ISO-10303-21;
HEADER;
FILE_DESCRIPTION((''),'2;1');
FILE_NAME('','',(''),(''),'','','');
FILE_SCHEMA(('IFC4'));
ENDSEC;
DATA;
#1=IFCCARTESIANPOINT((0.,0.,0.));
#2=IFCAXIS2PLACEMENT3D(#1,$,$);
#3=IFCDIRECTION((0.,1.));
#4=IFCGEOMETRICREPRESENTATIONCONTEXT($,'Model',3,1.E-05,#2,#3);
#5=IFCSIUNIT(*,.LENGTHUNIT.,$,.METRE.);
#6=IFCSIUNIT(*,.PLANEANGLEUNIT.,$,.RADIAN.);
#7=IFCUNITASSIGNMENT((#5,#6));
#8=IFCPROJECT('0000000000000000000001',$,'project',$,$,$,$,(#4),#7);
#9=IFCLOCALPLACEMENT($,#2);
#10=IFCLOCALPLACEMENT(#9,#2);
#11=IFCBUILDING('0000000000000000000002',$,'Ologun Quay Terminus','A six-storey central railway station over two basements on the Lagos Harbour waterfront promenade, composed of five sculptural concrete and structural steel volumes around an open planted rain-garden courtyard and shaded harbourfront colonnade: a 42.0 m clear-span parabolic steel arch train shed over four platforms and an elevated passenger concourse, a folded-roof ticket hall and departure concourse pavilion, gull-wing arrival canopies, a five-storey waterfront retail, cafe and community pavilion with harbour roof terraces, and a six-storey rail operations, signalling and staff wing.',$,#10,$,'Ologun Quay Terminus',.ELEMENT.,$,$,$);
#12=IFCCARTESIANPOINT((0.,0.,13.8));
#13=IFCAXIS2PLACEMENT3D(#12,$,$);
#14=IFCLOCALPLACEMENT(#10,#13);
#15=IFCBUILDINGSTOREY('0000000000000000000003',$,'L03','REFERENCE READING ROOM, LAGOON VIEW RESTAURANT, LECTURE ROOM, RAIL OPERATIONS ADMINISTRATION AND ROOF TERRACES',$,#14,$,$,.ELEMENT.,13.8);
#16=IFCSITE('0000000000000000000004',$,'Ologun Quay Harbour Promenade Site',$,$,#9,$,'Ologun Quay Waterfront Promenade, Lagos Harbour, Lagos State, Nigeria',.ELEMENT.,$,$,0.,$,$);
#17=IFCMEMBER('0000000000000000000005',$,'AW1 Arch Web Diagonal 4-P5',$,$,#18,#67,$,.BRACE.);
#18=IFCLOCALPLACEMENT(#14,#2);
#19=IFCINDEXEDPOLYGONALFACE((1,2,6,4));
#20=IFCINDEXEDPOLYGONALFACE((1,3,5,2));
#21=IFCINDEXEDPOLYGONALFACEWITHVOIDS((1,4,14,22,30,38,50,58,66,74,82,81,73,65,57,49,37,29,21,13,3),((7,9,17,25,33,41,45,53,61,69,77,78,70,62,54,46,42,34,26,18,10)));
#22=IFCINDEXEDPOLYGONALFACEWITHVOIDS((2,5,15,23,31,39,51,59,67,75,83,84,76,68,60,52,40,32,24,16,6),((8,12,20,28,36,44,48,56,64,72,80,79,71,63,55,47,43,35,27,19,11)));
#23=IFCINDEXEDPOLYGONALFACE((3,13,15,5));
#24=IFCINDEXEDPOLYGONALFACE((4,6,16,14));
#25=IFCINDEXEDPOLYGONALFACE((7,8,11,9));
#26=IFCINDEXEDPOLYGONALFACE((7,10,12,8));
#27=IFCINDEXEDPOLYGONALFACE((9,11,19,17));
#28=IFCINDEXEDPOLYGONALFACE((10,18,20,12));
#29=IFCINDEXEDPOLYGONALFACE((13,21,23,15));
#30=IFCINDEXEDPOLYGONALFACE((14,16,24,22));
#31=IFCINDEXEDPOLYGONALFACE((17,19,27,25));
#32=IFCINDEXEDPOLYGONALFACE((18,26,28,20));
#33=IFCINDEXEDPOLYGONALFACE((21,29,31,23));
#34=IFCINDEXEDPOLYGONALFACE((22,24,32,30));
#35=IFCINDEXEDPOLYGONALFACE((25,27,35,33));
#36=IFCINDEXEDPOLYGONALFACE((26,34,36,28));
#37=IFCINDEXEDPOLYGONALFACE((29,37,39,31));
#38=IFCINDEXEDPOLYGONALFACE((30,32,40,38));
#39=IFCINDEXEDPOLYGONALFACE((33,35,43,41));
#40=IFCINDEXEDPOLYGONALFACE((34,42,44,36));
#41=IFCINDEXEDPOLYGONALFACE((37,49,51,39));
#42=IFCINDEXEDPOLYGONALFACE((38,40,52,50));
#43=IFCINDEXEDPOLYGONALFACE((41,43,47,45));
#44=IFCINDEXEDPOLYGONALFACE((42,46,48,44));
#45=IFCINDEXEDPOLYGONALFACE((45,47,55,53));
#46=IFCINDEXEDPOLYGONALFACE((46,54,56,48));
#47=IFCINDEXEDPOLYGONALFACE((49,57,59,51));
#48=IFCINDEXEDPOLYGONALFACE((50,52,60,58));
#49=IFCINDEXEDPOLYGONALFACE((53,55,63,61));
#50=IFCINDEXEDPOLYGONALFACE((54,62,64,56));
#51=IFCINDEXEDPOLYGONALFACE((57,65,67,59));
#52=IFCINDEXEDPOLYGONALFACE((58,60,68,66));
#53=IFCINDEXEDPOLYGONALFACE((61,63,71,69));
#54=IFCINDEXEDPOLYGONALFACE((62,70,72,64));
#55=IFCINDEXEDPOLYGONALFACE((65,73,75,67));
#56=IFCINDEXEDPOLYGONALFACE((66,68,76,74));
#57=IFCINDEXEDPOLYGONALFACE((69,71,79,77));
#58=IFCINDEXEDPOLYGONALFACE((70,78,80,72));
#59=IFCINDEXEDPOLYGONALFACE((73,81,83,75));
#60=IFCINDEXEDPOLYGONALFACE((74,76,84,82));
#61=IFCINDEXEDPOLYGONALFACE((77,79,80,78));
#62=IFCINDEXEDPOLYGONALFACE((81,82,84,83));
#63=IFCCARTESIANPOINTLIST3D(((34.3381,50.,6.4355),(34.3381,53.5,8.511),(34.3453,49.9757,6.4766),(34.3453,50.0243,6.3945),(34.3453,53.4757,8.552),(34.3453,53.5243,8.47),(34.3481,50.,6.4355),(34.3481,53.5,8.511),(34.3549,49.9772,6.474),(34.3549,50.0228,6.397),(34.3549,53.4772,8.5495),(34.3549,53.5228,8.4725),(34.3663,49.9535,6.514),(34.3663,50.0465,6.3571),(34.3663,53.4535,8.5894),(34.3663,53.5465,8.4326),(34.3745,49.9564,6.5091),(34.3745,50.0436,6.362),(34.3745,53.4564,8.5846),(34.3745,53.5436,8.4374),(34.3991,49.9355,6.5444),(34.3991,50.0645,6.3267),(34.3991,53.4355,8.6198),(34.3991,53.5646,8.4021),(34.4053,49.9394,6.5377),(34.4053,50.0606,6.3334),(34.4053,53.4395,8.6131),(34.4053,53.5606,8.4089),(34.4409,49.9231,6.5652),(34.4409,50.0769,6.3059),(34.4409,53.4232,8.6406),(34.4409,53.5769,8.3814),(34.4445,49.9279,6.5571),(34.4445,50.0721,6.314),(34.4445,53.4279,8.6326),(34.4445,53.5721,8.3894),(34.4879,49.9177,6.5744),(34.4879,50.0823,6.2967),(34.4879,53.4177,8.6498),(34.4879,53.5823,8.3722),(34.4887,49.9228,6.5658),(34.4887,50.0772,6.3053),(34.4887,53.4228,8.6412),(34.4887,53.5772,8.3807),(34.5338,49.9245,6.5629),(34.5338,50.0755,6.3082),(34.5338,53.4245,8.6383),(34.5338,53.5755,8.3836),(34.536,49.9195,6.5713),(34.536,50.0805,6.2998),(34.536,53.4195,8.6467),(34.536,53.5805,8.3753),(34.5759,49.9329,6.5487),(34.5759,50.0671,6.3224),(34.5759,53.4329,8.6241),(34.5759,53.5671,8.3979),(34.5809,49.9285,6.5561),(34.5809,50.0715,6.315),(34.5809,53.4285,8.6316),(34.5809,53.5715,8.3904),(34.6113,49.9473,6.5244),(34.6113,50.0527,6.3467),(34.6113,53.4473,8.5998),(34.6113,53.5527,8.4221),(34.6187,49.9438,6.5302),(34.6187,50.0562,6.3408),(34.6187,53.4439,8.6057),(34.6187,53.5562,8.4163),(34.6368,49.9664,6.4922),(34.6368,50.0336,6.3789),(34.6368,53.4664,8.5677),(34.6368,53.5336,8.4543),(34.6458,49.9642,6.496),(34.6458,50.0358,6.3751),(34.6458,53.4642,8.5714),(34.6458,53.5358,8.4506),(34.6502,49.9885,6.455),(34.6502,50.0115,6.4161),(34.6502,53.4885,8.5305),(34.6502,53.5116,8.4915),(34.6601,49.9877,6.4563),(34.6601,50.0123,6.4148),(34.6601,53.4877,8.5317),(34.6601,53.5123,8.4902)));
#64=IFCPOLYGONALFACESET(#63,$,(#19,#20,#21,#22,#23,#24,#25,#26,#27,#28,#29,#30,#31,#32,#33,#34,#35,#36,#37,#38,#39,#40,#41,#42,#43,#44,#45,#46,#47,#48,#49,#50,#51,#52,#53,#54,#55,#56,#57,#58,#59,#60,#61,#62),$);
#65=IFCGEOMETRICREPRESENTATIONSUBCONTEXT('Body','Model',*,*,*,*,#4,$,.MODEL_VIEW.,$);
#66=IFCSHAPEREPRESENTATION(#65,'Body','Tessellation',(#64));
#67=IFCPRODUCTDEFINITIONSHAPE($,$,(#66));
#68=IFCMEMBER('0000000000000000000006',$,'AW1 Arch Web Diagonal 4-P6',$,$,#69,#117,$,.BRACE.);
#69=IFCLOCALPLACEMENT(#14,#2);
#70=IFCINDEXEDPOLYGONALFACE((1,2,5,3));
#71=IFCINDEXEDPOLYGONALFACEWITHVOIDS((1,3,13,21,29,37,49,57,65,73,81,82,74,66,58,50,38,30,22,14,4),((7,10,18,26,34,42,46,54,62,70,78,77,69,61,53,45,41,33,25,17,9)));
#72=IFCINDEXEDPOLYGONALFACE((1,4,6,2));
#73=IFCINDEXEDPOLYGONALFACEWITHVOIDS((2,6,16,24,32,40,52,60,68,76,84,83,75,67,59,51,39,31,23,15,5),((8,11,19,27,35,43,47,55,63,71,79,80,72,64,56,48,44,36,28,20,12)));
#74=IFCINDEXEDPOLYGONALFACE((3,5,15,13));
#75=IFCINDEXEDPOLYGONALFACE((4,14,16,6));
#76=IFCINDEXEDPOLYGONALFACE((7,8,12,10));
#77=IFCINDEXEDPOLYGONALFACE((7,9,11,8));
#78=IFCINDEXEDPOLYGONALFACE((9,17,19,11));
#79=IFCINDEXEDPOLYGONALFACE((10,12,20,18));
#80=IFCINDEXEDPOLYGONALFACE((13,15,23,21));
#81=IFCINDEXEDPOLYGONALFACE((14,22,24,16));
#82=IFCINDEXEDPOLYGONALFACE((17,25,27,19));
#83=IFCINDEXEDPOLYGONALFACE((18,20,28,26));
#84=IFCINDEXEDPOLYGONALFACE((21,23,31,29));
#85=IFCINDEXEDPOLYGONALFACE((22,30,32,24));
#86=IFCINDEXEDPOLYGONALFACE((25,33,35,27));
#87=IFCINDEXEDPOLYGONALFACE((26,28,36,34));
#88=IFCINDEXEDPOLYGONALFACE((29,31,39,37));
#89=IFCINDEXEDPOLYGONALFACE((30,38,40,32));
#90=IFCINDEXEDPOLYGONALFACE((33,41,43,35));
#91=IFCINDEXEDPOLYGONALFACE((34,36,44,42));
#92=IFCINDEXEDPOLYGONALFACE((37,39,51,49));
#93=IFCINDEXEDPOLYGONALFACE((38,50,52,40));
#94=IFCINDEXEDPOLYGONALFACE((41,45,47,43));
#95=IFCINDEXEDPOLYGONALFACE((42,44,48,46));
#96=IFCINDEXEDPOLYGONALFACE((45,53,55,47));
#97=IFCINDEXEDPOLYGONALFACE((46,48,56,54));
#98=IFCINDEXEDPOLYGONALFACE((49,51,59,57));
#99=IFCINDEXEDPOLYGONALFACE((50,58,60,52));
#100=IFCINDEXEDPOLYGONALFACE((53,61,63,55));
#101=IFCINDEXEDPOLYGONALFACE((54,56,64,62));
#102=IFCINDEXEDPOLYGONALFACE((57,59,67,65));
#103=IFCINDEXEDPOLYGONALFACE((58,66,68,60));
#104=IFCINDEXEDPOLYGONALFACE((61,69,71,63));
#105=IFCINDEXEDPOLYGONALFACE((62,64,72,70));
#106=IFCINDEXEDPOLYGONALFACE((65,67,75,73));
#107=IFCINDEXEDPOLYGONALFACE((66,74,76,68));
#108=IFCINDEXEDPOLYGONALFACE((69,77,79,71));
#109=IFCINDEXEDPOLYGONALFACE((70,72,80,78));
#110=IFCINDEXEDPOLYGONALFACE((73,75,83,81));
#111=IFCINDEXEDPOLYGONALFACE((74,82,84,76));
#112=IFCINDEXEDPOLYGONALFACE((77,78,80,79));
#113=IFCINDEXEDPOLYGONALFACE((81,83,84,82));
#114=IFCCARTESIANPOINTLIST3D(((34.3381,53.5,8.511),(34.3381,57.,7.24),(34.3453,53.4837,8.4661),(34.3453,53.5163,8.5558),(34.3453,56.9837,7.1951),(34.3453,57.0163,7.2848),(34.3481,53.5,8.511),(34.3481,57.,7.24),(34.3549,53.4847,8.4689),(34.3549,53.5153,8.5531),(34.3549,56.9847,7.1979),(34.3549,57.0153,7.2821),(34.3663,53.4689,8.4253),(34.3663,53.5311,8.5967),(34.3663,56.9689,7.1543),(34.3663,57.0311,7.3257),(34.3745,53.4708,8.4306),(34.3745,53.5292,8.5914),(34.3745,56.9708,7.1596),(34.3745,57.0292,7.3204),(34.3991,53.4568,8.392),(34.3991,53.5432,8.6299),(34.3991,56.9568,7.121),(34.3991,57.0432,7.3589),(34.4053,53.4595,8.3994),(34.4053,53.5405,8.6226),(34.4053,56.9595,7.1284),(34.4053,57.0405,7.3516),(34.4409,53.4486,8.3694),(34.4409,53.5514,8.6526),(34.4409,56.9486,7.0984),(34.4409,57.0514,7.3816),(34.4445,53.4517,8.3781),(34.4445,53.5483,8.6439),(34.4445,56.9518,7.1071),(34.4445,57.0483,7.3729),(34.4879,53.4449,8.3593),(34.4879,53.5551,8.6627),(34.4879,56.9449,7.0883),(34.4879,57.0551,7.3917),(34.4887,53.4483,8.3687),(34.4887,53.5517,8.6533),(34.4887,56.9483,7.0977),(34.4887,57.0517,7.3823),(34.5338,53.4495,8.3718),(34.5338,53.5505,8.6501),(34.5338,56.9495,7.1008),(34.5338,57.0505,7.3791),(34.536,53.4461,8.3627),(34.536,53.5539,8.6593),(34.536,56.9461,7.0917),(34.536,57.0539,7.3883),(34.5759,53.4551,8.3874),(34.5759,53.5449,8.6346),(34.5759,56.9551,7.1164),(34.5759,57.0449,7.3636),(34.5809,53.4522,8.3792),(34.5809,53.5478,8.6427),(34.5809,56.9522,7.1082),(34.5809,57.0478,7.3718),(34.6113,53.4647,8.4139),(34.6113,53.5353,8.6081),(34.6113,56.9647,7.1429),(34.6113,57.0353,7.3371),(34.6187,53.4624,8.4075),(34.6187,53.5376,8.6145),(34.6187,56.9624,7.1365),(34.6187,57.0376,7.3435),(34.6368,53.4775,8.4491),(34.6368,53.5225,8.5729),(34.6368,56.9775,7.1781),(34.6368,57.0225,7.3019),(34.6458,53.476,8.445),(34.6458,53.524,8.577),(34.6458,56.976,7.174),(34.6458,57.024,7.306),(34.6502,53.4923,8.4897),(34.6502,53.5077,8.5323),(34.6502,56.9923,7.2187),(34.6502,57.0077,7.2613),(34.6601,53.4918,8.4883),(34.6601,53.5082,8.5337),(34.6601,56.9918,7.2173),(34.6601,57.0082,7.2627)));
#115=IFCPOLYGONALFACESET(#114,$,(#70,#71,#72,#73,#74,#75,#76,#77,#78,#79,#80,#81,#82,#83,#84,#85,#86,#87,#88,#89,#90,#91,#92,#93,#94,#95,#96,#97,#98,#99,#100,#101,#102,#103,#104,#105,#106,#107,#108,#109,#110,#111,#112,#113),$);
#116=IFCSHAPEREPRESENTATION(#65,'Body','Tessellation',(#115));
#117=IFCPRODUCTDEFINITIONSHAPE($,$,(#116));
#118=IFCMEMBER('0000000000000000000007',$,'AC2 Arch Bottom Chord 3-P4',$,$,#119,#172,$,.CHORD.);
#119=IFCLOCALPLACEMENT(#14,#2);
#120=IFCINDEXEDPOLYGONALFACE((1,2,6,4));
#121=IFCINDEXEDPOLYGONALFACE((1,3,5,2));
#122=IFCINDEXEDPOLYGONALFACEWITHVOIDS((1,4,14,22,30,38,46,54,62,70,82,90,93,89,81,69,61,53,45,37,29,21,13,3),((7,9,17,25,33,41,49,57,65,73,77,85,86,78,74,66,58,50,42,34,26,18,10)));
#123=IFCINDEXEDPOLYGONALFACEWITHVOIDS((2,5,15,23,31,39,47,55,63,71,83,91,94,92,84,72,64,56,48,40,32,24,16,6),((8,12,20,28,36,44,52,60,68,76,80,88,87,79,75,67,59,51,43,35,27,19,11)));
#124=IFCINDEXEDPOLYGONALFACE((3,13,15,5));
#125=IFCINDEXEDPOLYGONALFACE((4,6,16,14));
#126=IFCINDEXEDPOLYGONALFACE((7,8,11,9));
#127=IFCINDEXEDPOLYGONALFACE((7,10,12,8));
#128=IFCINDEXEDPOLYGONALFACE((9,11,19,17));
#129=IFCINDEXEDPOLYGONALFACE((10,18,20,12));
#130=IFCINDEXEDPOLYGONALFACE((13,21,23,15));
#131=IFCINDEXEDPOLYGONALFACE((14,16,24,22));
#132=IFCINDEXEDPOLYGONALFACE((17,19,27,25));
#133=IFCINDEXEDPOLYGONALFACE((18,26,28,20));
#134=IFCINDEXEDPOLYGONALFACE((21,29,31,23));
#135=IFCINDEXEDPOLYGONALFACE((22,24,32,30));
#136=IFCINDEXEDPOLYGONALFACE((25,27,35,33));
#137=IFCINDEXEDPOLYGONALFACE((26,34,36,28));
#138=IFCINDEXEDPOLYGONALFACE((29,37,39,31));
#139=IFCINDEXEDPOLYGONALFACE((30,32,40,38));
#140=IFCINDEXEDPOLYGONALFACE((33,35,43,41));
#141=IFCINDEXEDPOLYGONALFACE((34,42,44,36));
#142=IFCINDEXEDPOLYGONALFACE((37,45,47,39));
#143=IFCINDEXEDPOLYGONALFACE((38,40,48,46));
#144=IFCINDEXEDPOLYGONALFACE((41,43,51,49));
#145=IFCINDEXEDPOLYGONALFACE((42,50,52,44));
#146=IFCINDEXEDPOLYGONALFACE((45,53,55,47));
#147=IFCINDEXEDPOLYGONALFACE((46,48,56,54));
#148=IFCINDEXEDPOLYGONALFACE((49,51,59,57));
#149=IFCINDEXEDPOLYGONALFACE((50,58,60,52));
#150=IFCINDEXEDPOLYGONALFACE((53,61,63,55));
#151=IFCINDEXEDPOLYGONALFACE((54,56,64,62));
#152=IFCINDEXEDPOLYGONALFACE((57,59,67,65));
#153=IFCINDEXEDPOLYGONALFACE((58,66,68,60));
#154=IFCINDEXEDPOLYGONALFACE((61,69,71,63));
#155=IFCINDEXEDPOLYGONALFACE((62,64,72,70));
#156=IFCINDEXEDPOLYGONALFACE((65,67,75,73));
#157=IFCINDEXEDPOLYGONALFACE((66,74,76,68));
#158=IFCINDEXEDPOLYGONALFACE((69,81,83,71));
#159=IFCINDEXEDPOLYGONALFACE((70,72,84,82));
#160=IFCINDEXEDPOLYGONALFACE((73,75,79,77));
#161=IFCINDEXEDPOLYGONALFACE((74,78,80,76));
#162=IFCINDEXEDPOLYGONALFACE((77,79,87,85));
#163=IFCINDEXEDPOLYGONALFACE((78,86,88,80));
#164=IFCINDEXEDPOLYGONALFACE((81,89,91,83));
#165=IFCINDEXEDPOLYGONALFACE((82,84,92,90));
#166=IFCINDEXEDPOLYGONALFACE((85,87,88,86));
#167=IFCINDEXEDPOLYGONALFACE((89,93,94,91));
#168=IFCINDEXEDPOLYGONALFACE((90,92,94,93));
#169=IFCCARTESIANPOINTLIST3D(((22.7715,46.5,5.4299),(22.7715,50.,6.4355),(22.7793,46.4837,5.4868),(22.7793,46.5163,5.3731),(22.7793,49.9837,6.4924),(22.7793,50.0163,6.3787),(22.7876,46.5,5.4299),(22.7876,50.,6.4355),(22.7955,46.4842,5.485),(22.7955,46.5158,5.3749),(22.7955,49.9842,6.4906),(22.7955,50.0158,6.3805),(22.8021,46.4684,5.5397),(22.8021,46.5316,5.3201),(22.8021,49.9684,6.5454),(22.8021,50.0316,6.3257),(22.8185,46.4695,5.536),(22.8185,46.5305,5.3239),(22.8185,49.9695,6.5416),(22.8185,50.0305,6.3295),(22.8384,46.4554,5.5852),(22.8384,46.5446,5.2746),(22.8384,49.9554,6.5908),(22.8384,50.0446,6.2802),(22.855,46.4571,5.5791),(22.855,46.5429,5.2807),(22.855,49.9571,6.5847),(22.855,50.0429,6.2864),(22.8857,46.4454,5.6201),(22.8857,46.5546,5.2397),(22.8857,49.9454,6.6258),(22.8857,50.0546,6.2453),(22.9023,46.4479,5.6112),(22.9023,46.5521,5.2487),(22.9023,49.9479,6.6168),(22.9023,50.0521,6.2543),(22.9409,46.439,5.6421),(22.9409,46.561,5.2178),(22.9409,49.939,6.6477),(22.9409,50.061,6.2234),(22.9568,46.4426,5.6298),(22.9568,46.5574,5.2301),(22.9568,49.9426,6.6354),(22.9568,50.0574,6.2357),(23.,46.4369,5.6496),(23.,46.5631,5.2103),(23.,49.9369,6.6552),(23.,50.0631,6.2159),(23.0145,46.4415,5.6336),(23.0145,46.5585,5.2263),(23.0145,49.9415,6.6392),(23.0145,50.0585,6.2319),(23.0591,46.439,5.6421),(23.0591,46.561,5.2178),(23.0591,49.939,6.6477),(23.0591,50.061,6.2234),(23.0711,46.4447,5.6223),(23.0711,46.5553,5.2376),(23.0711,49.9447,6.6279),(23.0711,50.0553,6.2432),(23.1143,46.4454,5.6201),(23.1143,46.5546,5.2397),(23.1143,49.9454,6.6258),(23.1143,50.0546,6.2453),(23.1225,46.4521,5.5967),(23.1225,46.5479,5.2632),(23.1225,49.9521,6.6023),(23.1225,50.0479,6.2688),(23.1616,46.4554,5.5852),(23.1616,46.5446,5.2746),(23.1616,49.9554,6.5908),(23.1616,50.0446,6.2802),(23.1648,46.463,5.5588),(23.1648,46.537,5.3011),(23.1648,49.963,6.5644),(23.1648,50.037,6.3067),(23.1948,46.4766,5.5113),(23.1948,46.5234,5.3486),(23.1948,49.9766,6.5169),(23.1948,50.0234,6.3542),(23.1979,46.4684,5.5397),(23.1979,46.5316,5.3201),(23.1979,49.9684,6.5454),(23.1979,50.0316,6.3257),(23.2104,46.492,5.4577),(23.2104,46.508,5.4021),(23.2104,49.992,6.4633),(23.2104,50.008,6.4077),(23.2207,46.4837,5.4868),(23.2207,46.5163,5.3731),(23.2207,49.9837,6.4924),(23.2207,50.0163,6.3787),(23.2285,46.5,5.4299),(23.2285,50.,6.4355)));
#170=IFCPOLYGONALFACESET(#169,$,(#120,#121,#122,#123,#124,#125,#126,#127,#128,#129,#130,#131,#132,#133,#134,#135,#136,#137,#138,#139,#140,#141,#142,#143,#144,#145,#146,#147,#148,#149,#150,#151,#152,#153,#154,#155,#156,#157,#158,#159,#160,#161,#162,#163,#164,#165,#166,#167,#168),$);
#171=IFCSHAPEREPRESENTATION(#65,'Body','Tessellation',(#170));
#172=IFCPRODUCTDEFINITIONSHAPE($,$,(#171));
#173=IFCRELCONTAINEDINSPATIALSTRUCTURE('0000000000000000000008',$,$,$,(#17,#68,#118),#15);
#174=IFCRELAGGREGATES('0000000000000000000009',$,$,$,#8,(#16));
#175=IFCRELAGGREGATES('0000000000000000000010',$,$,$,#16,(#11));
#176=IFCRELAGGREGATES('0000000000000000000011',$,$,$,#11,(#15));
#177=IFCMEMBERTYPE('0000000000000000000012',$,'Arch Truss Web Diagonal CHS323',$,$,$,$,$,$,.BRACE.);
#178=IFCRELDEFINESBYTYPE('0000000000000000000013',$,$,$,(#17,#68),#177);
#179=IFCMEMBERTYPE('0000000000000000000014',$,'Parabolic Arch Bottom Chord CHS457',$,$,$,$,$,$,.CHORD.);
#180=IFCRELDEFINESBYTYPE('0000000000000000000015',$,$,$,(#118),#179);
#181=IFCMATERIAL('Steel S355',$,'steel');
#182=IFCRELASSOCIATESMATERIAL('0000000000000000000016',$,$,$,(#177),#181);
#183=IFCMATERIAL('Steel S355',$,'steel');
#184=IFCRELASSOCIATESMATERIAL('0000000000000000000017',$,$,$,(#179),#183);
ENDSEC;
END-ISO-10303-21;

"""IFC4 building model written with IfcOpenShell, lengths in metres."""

from ifc_helpers import new_model, si_unit, direction, frame, origin, origin_2d, place, context, subcontext, project, spatial, hollow_circle, extrude, material, material_profile, profile_set, type_object, element, save


model = new_model("IFC4")

# Units and contexts
model_context = context("Model", 3, precision=1e-05, world=origin(), true_north=direction((0.0, 1.0)))
body_context = subcontext(model_context, "Body", "Model", "MODEL_VIEW")
ifc_project = project(units=[si_unit("LENGTHUNIT", "METRE"), si_unit("PLANEANGLEUNIT", "RADIAN")], contexts=[model_context])

# Site, building, storey
site_placement = place(None, origin())
site = spatial("IfcSite", under=ifc_project, at=site_placement, Name="Ologun Quay Harbour Promenade Site", LongName="Ologun Quay Waterfront Promenade, Lagos Harbour, Lagos State, Nigeria", CompositionType="ELEMENT", RefElevation=0.0)
building_placement = place(site_placement, origin())
building = spatial("IfcBuilding", under=site, at=building_placement, Name="Ologun Quay Terminus", Description="A six-storey central railway station over two basements on the Lagos Harbour waterfront promenade, composed of five sculptural concrete and structural steel volumes around an open planted rain-garden courtyard and shaded harbourfront colonnade: a 42.0 m clear-span parabolic steel arch train shed over four platforms and an elevated passenger concourse, a folded-roof ticket hall and departure concourse pavilion, gull-wing arrival canopies, a five-storey waterfront retail, cafe and community pavilion with harbour roof terraces, and a six-storey rail operations, signalling and staff wing.", LongName="Ologun Quay Terminus", CompositionType="ELEMENT")
storey_placement = place(building_placement, frame((0.0, 0.0, 13.8)))
storey = spatial("IfcBuildingStorey", under=building, at=storey_placement, Name="L03", Description="REFERENCE READING ROOM, LAGOON VIEW RESTAURANT, LECTURE ROOM, RAIL OPERATIONS ADMINISTRATION AND ROOF TERRACES", CompositionType="ELEMENT", Elevation=13.8)

# Members
ifc_material_1 = material(Name="Steel S355", Category="steel")
ifc_material_profile_1 = material_profile(ifc_material_1, hollow_circle(Radius=0.1619, WallThickness=0.01, at=origin_2d()), Name="CHS 323.9x10")
ifc_profile_set_1 = profile_set([ifc_material_profile_1], Name="Steel S355")
member_type_1 = type_object("IfcMemberType", Name="Arch Truss Web Diagonal CHS323", PredefinedType="BRACE", material=ifc_profile_set_1)
member_1_placement = place(storey_placement, frame((34.5, 50.0, 6.4355), z_axis=(0.0, 0.860144, 0.510051), x_axis=(-1.0, 0.0, 0.0)))
element("IfcMember", 1, at=member_1_placement, inside=storey, type_object=member_type_1, Name="AW1 Arch Web Diagonal 4-P5", PredefinedType="BRACE", context=body_context, shape_type="SweptSolid", body=[
    extrude(hollow_circle(Radius=0.1619, WallThickness=0.01, at=origin_2d()), origin(), (0.0, 0.0, 1.0), 4.0691),
])
member_2_placement = place(storey_placement, frame((34.5, 53.5, 8.511), z_axis=(0.0, 0.939943, -0.341332), x_axis=(-1.0, 0.0, 0.0)))
element("IfcMember", 2, at=member_2_placement, inside=storey, type_object=member_type_1, Name="AW1 Arch Web Diagonal 4-P6", PredefinedType="BRACE", context=body_context, shape_type="SweptSolid", body=[
    extrude(hollow_circle(Radius=0.1619, WallThickness=0.01, at=origin_2d()), origin(), (0.0, 0.0, 1.0), 3.7236),
])
ifc_material_2 = material(Name="Steel S355", Category="steel")
ifc_material_profile_2 = material_profile(ifc_material_2, hollow_circle(Radius=0.2285, WallThickness=0.0161, at=origin_2d()), Name="CHS 457x16")
ifc_profile_set_2 = profile_set([ifc_material_profile_2], Name="Steel S355")
member_type_2 = type_object("IfcMemberType", Name="Parabolic Arch Bottom Chord CHS457", PredefinedType="CHORD", material=ifc_profile_set_2)
member_3_placement = place(storey_placement, frame((23.0, 46.5, 5.4299), z_axis=(0.0, 0.961116, 0.276146), x_axis=(-1.0, 0.0, 0.0)))
element("IfcMember", 3, at=member_3_placement, inside=storey, type_object=member_type_2, Name="AC2 Arch Bottom Chord 3-P4", PredefinedType="CHORD", context=body_context, shape_type="SweptSolid", body=[
    extrude(hollow_circle(Radius=0.2285, WallThickness=0.0161, at=origin_2d()), origin(), (0.0, 0.0, 1.0), 3.6416),
])

save(model, "model.ifc")
